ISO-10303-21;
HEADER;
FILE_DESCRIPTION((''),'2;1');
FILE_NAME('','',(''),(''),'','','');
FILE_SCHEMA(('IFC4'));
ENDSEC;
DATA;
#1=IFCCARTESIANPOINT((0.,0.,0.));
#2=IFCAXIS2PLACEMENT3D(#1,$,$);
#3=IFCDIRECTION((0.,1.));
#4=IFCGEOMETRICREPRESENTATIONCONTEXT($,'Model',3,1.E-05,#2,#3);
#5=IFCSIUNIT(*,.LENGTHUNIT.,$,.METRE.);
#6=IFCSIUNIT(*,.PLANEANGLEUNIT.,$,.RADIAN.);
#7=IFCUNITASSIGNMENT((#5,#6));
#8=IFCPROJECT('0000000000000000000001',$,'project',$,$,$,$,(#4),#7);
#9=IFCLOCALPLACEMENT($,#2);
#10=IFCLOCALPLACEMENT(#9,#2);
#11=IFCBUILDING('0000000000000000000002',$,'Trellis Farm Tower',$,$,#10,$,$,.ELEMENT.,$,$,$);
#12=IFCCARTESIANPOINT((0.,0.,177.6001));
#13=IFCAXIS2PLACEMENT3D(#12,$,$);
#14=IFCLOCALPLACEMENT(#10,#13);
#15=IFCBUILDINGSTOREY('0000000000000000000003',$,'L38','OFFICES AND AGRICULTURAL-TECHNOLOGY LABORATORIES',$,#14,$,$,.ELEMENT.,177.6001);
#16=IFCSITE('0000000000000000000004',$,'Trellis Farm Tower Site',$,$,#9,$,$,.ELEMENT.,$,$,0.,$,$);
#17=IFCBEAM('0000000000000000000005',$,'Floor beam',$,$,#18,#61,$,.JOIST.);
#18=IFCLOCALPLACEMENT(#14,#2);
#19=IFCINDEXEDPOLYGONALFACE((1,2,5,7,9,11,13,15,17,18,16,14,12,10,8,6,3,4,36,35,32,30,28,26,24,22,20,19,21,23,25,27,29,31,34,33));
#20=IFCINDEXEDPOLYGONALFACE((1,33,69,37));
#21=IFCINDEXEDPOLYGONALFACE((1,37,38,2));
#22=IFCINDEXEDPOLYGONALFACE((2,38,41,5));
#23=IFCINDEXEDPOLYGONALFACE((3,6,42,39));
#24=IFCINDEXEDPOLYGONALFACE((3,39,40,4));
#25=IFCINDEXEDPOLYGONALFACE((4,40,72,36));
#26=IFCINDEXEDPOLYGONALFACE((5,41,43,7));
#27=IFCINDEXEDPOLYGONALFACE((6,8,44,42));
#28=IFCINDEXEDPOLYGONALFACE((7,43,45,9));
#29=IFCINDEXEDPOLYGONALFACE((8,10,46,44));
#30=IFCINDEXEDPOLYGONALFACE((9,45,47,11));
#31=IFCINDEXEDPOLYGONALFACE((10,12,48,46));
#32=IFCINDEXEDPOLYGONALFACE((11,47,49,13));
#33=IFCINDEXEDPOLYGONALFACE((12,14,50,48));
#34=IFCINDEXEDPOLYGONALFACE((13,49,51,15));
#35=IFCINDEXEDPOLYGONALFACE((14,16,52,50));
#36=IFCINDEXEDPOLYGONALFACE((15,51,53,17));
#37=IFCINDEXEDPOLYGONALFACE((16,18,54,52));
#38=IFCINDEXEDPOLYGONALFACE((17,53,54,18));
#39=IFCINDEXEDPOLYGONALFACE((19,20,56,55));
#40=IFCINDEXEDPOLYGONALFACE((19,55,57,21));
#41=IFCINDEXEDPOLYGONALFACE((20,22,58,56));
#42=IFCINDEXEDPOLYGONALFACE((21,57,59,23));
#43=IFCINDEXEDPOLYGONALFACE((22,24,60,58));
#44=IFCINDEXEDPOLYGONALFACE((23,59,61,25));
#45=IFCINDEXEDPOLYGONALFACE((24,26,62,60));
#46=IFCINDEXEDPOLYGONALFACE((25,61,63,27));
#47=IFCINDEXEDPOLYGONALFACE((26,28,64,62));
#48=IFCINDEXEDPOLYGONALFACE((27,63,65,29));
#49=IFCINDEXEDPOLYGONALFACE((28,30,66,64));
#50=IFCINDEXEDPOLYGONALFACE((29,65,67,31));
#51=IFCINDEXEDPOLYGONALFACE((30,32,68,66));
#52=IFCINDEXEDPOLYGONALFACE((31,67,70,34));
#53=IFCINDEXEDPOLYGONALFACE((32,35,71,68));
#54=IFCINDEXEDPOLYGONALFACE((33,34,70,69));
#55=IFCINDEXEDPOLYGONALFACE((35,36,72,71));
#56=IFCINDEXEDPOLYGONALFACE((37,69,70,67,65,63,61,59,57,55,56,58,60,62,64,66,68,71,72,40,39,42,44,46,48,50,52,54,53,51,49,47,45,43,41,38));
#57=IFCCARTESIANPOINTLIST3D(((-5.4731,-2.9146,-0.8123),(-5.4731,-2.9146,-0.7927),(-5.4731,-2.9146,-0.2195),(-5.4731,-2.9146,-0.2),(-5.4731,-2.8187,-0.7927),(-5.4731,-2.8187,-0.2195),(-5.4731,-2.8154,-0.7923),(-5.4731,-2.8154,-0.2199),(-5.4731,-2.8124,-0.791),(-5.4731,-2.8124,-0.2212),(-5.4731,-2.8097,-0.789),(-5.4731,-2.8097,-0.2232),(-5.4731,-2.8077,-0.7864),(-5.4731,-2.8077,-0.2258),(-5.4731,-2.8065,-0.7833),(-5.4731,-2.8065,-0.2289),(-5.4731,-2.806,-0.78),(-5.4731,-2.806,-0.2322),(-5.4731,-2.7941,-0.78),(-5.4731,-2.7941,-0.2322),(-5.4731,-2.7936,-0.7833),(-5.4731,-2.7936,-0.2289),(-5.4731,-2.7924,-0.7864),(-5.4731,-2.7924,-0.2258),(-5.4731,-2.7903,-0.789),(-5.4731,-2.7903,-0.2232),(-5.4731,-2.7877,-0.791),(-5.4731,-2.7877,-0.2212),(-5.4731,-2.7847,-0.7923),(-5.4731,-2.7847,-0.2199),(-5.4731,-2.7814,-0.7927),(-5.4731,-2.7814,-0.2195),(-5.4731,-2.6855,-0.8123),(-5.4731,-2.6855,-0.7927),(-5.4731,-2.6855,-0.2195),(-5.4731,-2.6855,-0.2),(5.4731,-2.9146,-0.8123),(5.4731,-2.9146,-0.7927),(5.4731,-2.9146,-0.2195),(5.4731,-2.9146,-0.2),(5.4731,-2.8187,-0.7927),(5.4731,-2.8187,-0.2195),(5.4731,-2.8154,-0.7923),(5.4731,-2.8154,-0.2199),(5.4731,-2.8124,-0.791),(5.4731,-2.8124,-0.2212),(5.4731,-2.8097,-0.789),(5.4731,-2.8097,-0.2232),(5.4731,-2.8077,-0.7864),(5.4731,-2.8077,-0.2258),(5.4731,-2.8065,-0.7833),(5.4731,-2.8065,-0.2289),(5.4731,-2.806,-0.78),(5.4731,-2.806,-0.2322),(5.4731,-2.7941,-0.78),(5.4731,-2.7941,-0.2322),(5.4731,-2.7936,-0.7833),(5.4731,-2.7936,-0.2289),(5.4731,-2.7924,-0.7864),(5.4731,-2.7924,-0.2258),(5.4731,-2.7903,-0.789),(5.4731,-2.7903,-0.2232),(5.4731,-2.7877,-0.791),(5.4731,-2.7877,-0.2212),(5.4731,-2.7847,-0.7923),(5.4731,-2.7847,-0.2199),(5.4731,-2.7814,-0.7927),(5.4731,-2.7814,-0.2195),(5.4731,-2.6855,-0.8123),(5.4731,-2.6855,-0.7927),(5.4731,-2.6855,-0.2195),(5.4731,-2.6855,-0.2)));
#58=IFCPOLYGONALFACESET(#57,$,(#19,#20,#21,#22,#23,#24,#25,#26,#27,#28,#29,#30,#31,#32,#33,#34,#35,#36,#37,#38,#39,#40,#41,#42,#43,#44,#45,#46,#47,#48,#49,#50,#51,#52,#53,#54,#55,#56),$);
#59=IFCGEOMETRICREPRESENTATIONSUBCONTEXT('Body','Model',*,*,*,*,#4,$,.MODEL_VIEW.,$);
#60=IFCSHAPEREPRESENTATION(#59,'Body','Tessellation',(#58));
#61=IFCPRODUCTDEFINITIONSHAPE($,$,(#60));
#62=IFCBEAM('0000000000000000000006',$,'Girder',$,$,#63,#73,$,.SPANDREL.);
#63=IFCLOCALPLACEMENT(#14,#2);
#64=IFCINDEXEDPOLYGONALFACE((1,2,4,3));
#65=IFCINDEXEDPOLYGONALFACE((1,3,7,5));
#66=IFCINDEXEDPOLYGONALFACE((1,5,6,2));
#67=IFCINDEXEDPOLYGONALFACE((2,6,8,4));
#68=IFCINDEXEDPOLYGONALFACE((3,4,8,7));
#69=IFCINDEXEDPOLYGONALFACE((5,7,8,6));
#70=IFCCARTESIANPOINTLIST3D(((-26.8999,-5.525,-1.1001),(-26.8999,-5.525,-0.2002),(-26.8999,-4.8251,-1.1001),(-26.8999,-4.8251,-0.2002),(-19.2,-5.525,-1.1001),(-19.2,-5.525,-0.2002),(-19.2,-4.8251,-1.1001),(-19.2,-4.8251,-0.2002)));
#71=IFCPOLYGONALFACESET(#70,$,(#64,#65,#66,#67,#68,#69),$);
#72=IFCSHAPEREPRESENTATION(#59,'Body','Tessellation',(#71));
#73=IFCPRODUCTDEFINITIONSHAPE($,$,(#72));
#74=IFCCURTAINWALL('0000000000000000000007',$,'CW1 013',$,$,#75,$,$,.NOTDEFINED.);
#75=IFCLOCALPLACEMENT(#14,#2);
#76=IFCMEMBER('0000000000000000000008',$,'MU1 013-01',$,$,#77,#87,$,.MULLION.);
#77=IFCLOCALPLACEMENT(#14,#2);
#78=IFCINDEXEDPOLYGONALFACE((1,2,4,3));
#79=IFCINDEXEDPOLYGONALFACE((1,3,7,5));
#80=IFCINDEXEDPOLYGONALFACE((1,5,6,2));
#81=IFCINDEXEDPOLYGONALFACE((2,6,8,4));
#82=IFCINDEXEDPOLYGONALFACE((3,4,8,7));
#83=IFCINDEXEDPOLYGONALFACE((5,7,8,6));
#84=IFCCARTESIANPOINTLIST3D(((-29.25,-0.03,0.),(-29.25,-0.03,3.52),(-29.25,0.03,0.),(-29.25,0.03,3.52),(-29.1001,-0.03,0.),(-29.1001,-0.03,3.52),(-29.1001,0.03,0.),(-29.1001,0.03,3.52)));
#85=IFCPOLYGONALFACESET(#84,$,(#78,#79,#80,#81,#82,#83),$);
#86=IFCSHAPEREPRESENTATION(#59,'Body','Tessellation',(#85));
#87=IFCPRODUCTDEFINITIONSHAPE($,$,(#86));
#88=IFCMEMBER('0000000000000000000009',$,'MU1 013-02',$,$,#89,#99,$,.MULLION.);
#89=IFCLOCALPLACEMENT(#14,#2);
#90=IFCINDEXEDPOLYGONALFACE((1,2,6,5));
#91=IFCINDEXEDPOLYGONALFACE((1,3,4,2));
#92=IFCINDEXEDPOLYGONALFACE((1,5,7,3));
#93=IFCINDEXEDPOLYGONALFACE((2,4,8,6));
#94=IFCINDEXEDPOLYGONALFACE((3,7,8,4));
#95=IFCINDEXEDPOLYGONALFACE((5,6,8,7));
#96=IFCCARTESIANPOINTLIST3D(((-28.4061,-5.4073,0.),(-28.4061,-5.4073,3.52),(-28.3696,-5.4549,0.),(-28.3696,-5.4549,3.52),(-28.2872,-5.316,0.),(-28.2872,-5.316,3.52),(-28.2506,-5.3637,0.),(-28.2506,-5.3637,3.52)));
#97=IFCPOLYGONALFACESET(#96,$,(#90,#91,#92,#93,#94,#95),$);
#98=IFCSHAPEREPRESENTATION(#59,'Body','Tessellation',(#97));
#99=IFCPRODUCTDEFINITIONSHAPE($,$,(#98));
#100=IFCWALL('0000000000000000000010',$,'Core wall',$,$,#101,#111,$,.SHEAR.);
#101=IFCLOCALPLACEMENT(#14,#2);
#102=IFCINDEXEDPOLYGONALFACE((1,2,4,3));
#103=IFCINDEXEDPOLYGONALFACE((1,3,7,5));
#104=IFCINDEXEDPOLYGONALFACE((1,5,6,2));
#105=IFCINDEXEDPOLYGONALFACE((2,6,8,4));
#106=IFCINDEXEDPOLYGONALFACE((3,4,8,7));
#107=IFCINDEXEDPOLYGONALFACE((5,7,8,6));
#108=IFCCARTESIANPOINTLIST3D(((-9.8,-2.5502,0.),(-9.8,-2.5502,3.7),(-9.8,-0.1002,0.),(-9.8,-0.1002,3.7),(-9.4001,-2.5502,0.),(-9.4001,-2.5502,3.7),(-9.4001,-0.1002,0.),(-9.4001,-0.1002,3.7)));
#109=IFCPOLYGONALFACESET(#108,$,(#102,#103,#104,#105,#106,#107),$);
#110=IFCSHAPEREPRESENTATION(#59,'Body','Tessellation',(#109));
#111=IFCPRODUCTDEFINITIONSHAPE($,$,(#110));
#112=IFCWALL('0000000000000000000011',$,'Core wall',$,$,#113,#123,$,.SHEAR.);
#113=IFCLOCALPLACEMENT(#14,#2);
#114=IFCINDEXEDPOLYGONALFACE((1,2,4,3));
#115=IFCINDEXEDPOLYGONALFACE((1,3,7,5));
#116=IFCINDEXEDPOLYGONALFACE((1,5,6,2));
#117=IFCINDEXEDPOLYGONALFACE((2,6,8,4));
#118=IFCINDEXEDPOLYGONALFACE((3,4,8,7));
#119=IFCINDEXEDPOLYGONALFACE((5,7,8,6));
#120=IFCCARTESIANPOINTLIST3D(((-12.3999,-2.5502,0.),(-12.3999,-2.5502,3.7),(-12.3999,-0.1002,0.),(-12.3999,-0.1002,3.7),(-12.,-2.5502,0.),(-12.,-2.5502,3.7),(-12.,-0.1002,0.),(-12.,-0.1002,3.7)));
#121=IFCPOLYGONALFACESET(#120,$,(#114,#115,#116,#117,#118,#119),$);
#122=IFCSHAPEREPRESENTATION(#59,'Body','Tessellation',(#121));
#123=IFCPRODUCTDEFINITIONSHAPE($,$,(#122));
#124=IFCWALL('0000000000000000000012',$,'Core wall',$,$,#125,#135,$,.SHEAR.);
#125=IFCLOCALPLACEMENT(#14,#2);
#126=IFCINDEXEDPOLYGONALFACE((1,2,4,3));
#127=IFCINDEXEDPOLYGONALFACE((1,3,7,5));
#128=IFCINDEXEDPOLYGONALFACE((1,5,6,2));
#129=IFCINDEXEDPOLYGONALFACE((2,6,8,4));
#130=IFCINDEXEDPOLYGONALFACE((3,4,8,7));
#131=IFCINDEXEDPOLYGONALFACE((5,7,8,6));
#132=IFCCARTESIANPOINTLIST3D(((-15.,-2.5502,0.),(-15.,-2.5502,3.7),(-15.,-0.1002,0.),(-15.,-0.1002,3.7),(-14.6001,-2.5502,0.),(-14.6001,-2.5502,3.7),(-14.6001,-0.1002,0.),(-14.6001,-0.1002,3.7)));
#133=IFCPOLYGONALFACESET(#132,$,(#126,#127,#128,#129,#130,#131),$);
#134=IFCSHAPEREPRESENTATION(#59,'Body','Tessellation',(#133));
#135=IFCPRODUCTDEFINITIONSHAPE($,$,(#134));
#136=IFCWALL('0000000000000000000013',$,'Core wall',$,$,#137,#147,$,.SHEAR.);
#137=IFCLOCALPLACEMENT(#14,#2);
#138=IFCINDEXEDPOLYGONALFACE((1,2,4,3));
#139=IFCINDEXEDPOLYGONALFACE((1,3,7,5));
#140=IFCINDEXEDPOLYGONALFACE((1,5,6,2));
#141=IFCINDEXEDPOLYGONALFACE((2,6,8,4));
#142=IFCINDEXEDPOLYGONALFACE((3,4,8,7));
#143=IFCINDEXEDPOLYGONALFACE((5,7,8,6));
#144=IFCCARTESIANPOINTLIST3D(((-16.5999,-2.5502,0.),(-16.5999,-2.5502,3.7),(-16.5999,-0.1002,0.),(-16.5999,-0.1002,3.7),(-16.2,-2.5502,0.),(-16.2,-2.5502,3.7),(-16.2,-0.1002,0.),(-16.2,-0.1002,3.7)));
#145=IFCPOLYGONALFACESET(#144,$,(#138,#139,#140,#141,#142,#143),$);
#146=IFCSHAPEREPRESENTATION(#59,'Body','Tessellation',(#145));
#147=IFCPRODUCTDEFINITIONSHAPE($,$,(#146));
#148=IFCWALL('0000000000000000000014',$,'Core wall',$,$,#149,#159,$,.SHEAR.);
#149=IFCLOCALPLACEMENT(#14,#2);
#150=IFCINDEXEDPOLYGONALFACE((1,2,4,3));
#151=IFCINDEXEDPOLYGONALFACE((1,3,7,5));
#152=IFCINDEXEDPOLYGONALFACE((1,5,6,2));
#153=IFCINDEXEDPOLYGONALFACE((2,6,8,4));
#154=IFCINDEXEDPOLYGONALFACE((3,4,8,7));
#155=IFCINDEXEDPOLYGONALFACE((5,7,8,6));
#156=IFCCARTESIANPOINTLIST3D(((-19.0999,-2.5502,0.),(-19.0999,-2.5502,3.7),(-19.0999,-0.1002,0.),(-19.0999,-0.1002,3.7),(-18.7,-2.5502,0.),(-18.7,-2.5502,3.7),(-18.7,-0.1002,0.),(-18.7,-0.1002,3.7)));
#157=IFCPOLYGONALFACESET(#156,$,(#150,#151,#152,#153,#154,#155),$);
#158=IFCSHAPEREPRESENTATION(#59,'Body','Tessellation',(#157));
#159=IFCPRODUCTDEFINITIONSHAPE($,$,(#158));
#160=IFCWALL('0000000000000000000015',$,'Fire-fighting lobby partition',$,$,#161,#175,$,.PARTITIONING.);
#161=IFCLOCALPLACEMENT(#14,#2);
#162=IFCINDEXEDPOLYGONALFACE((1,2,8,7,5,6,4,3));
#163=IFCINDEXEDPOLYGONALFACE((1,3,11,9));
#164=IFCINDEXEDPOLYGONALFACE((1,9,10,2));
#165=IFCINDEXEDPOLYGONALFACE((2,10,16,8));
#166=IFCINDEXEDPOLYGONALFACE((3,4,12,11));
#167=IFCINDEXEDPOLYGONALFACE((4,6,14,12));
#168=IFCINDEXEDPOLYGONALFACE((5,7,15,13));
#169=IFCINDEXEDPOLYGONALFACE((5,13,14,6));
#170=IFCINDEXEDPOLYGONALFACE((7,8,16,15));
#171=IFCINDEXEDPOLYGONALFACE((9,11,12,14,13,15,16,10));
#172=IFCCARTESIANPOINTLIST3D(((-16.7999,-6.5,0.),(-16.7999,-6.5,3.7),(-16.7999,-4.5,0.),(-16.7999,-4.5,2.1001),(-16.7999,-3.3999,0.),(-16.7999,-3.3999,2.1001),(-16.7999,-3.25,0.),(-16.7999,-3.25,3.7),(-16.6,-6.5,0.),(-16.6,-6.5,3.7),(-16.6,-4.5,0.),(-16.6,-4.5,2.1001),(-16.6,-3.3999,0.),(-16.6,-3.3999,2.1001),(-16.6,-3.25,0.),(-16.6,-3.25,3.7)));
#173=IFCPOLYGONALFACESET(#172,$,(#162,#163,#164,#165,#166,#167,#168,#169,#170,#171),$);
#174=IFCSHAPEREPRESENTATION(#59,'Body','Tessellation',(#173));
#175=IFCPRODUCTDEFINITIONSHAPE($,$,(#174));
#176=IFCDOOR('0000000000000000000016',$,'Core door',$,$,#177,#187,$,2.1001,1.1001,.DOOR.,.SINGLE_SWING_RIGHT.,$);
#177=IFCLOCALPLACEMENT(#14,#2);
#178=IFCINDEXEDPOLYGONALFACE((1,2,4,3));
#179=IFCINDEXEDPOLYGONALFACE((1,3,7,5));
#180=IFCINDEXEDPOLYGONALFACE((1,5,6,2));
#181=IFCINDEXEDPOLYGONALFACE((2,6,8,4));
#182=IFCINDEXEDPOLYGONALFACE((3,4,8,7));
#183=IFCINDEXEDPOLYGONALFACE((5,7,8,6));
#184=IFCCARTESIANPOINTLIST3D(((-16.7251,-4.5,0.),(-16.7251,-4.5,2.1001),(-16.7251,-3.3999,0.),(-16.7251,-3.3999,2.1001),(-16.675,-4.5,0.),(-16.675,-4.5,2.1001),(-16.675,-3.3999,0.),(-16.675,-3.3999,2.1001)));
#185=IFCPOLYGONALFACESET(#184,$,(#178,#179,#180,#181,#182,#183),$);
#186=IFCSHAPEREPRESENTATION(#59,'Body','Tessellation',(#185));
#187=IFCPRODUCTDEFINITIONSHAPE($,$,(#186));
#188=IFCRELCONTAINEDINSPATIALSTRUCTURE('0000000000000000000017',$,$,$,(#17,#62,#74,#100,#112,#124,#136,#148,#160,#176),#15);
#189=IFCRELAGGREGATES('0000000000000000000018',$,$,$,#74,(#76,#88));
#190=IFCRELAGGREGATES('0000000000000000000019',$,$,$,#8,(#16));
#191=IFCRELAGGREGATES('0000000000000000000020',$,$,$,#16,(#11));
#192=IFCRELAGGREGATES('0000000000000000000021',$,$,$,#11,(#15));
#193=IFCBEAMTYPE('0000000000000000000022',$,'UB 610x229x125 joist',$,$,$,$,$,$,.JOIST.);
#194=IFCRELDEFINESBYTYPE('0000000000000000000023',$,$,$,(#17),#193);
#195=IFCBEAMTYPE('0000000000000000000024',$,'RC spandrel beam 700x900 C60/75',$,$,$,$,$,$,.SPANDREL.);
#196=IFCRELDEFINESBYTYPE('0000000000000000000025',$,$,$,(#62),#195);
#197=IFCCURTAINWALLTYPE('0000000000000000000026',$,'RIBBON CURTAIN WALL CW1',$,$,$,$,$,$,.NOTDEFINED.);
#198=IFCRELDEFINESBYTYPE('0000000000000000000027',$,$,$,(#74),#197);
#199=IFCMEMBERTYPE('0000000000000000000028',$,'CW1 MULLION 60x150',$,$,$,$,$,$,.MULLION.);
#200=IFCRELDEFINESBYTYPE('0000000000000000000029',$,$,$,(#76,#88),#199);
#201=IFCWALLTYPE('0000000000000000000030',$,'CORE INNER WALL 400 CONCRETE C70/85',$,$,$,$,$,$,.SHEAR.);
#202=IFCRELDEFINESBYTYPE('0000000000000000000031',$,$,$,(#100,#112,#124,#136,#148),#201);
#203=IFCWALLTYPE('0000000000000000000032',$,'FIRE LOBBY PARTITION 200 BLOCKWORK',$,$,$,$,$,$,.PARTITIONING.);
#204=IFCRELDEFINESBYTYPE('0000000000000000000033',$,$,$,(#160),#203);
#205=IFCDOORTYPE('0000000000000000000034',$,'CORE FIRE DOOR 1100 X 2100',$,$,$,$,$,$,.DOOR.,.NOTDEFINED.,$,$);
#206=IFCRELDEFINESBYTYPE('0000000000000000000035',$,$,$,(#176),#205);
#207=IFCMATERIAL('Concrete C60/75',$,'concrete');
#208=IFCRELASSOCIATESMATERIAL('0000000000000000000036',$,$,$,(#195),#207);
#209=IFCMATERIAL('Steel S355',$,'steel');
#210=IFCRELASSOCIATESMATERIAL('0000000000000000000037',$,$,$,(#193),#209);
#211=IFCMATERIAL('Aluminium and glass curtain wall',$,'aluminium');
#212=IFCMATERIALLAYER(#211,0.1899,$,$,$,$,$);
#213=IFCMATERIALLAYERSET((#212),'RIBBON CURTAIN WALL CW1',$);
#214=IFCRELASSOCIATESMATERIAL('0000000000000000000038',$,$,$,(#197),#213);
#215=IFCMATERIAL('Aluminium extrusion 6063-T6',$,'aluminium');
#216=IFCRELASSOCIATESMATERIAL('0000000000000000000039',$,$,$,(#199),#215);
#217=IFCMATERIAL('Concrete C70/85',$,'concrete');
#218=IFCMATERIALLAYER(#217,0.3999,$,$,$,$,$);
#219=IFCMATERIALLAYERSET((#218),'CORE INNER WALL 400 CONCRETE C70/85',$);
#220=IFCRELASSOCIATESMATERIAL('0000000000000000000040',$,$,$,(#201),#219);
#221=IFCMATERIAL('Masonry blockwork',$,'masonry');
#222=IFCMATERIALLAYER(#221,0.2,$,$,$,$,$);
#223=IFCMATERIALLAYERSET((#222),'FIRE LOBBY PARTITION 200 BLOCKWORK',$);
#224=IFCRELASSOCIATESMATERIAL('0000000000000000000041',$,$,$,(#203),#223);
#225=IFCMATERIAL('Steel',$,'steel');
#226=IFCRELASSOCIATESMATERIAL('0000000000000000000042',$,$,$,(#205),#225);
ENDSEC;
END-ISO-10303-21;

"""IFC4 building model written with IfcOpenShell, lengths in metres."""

from ifc_helpers import new_model, si_unit, direction, frame, frame_2d, origin, origin_2d, place, context, subcontext, project, spatial, rectangle, i_section, extrude, source, transform, mapped, material, layer, layer_set, material_profile, profile_set, type_object, element, fill, aggregate, save


model = new_model("IFC4")

# Units and contexts
model_context = context("Model", 3, precision=1e-05, world=origin(), true_north=direction((0.0, 1.0)))
body_context = subcontext(model_context, "Body", "Model", "MODEL_VIEW")
ifc_project = project(units=[si_unit("LENGTHUNIT", "METRE"), si_unit("PLANEANGLEUNIT", "RADIAN")], contexts=[model_context])

# Site, building, storey
site_placement = place(None, origin())
site = spatial("IfcSite", under=ifc_project, at=site_placement, Name="Trellis Farm Tower Site", CompositionType="ELEMENT", RefElevation=0.0)
building_placement = place(site_placement, origin())
building = spatial("IfcBuilding", under=site, at=building_placement, Name="Trellis Farm Tower", CompositionType="ELEMENT")
storey_placement = place(building_placement, frame((0.0, 0.0, 177.6001)))
storey = spatial("IfcBuildingStorey", under=building, at=storey_placement, Name="L38", Description="OFFICES AND AGRICULTURAL-TECHNOLOGY LABORATORIES", CompositionType="ELEMENT", Elevation=177.6001)

# Shared definitions
ifc_material_1 = material(Name="Concrete C70/85", Category="concrete")

# Beams
ifc_material_2 = material(Name="Steel S355", Category="steel")
ifc_material_3 = material(Name="Concrete C60/75", Category="concrete")
ifc_material_profile_1 = material_profile(ifc_material_3, rectangle(XDim=0.7, YDim=0.8999, at=origin_2d()), Name="RC spandrel beam 700x900 C60/75")
ifc_profile_set_1 = profile_set([ifc_material_profile_1], Name="Concrete C60/75")
beam_type_1 = type_object("IfcBeamType", Name="RC spandrel beam 700x900 C60/75", PredefinedType="SPANDREL", material=ifc_profile_set_1)
ifc_material_profile_2 = material_profile(ifc_material_2, i_section(OverallWidth=0.229, OverallDepth=0.6123, WebThickness=0.012, FlangeThickness=0.0195, FilletRadius=0.0127, at=origin_2d()), Name="UB 610x229x125")
ifc_profile_set_2 = profile_set([ifc_material_profile_2], Name="Steel S355")
beam_type_2 = type_object("IfcBeamType", Name="UB 610x229x125 joist", PredefinedType="JOIST", material=ifc_profile_set_2)
shared_shape_1 = source(origin(), body_context, "Body", "SweptSolid", [
    extrude(i_section(OverallWidth=0.229, OverallDepth=0.6123, WebThickness=0.012, FlangeThickness=0.0195, FilletRadius=0.0127, at=origin_2d()), origin(), (0.0, 0.0, 1.0), 10.9463),
])
beam_1_placement = place(storey_placement, frame((-5.4731, -2.8, -0.5061), z_axis=(1.0, 0.0, 0.0), x_axis=(0.0, 1.0, 0.0)))
element("IfcBeam", 1, at=beam_1_placement, inside=storey, type_object=beam_type_2, Name="Floor beam", PredefinedType="JOIST", context=body_context, shape_type="MappedRepresentation", body=[
    mapped(shared_shape_1, transform((0.0, 0.0, 0.0))),
])
shared_shape_2 = source(origin(), body_context, "Body", "SweptSolid", [
    extrude(rectangle(XDim=0.7, YDim=0.8999, at=origin_2d()), origin(), (0.0, 0.0, 1.0), 7.7),
])
beam_2_placement = place(storey_placement, frame((-26.8999, -5.175, -0.6501), z_axis=(1.0, 0.0, 0.0), x_axis=(0.0, 1.0, 0.0)))
element("IfcBeam", 2, at=beam_2_placement, inside=storey, type_object=beam_type_1, Name="Girder", PredefinedType="SPANDREL", context=body_context, shape_type="MappedRepresentation", body=[
    mapped(shared_shape_2, transform((0.0, 0.0, 0.0))),
])

# Curtain wall, members
ifc_material_4 = material(Name="Aluminium and glass curtain wall", Category="aluminium")
ifc_layer_1 = layer(ifc_material_4, 0.1899)
ifc_layer_set_1 = layer_set([ifc_layer_1], Name="RIBBON CURTAIN WALL CW1")
curtain_wall_type = type_object("IfcCurtainWallType", Name="RIBBON CURTAIN WALL CW1", PredefinedType="NOTDEFINED", material=ifc_layer_set_1)
curtain_wall_placement = place(storey_placement, origin())
curtain_wall = element("IfcCurtainWall", 3, at=curtain_wall_placement, inside=storey, type_object=curtain_wall_type, Name="CW1 013", PredefinedType="NOTDEFINED")
ifc_material_5 = material(Name="Aluminium extrusion 6063-T6", Category="aluminium")
ifc_material_profile_3 = material_profile(ifc_material_5, rectangle(XDim=0.0601, YDim=0.1499, at=origin_2d()), Name="MULLION 60x150")
ifc_profile_set_3 = profile_set([ifc_material_profile_3], Name="Aluminium extrusion 6063-T6")
member_type = type_object("IfcMemberType", Name="CW1 MULLION 60x150", PredefinedType="MULLION", material=ifc_profile_set_3)
shared_shape_3 = source(origin(), body_context, "Body", "SweptSolid", [
    extrude(rectangle(XDim=0.0601, YDim=0.1499, at=origin_2d()), origin(), (0.0, 0.0, 1.0), 3.52),
])
member_1_placement = place(storey_placement, frame((-29.175, 0.0, 0.0), z_axis=(0.0, 0.0, 1.0), x_axis=(0.0, -1.0, 0.0)))
member_1 = element("IfcMember", 4, at=member_1_placement, type_object=member_type, Name="MU1 013-01", PredefinedType="MULLION", context=body_context, shape_type="MappedRepresentation", body=[
    mapped(shared_shape_3, transform((0.0, 0.0, 0.0))),
])
member_2_placement = place(storey_placement, frame((-28.3284, -5.3855, 0.0), z_axis=(0.0, 0.0, 1.0), x_axis=(0.608761, -0.793353, 0.0)))
member_2 = element("IfcMember", 5, at=member_2_placement, type_object=member_type, Name="MU1 013-02", PredefinedType="MULLION", context=body_context, shape_type="MappedRepresentation", body=[
    mapped(shared_shape_3, transform((0.0, 0.0, 0.0))),
])
aggregate(curtain_wall, [member_1, member_2])

# Walls
ifc_layer_2 = layer(ifc_material_1, 0.3999)
ifc_layer_set_2 = layer_set([ifc_layer_2], Name="CORE INNER WALL 400 CONCRETE C70/85")
wall_type_1 = type_object("IfcWallType", Name="CORE INNER WALL 400 CONCRETE C70/85", PredefinedType="SHEAR", material=ifc_layer_set_2)
shared_shape_4 = source(origin(), body_context, "Body", "SweptSolid", [
    extrude(rectangle(XDim=2.45, YDim=0.3999, at=frame_2d((1.2251, 0.0))), origin(), (0.0, 0.0, 1.0), 3.7),
])
for number, where, z_axis, x_axis, name in (
    (6, (-9.6001, -0.1001, 0.0), (0.0, 0.0, 1.0), (0.0, -1.0, 0.0), "Core wall"),
    (7, (-12.2, -0.1001, 0.0), (0.0, 0.0, 1.0), (0.0, -1.0, 0.0), "Core wall"),
    (8, (-14.8, -0.1001, 0.0), (0.0, 0.0, 1.0), (0.0, -1.0, 0.0), "Core wall"),
    (9, (-16.3999, -0.1001, 0.0), (0.0, 0.0, 1.0), (0.0, -1.0, 0.0), "Core wall"),
    (10, (-18.8999, -0.1001, 0.0), (0.0, 0.0, 1.0), (0.0, -1.0, 0.0), "Core wall"),
):
    element("IfcWall", number, at=place(storey_placement, frame(where, z_axis=z_axis, x_axis=x_axis)), inside=storey, type_object=wall_type_1, Name=name, PredefinedType="SHEAR", context=body_context, shape_type="MappedRepresentation", body=[
        mapped(shared_shape_4, transform((0.0, 0.0, 0.0))),
    ])

# Wall, opening, door
ifc_material_6 = material(Name="Masonry blockwork", Category="masonry")
ifc_layer_3 = layer(ifc_material_6, 0.2)
ifc_layer_set_3 = layer_set([ifc_layer_3], Name="FIRE LOBBY PARTITION 200 BLOCKWORK")
wall_type_2 = type_object("IfcWallType", Name="FIRE LOBBY PARTITION 200 BLOCKWORK", PredefinedType="PARTITIONING", material=ifc_layer_set_3)
shared_shape_5 = source(origin(), body_context, "Body", "SweptSolid", [
    extrude(rectangle(XDim=3.25, YDim=0.2, at=frame_2d((1.625, 0.0))), origin(), (0.0, 0.0, 1.0), 3.7),
])
wall_1_placement = place(storey_placement, frame((-16.7, -3.25, 0.0), z_axis=(0.0, 0.0, 1.0), x_axis=(0.0, -1.0, 0.0)))
wall_1 = element("IfcWall", 11, at=wall_1_placement, inside=storey, type_object=wall_type_2, Name="Fire-fighting lobby partition", PredefinedType="PARTITIONING", context=body_context, shape_type="MappedRepresentation", body=[
    mapped(shared_shape_5, transform((0.0, 0.0, 0.0))),
])
shared_shape_6 = source(origin(), body_context, "Body", "SweptSolid", [
    extrude(rectangle(XDim=1.1001, YDim=2.1001, at=frame_2d((0.55, 1.05))), frame((0.0, 0.1101, 0.0), z_axis=(0.0, -1.0, 0.0), x_axis=(1.0, 0.0, 0.0)), (0.0, 0.0, 1.0), 0.2202),
])
opening_1_placement = place(wall_1_placement, frame((0.1499, 0.0, 0.0)))
opening_1 = element("IfcOpeningElement", 12, at=opening_1_placement, cuts=wall_1, PredefinedType="OPENING", context=body_context, shape_type="MappedRepresentation", body=[
    mapped(shared_shape_6, transform((0.0, 0.0, 0.0))),
])
ifc_material_7 = material(Name="Steel", Category="steel")
door_type_1 = type_object("IfcDoorType", Name="CORE FIRE DOOR 1100 X 2100", OperationType="NOTDEFINED", PredefinedType="DOOR", material=ifc_material_7)
shared_shape_7 = source(origin(), body_context, "Body", "SweptSolid", [
    extrude(rectangle(XDim=1.1001, YDim=2.1001, at=frame_2d((0.55, 1.05))), frame((0.0, 0.0249, 0.0), z_axis=(0.0, -1.0, 0.0), x_axis=(1.0, 0.0, 0.0)), (0.0, 0.0, 1.0), 0.05),
])
door_1_placement = place(opening_1_placement, origin())
door_1 = element("IfcDoor", 13, at=door_1_placement, inside=storey, type_object=door_type_1, Name="Core door", OperationType="SINGLE_SWING_RIGHT", OverallHeight=2.1001, OverallWidth=1.1001, PredefinedType="DOOR", context=body_context, shape_type="MappedRepresentation", body=[
    mapped(shared_shape_7, transform((0.0, 0.0, 0.0))),
])
fill(opening_1, door_1)

save(model, "model.ifc")
